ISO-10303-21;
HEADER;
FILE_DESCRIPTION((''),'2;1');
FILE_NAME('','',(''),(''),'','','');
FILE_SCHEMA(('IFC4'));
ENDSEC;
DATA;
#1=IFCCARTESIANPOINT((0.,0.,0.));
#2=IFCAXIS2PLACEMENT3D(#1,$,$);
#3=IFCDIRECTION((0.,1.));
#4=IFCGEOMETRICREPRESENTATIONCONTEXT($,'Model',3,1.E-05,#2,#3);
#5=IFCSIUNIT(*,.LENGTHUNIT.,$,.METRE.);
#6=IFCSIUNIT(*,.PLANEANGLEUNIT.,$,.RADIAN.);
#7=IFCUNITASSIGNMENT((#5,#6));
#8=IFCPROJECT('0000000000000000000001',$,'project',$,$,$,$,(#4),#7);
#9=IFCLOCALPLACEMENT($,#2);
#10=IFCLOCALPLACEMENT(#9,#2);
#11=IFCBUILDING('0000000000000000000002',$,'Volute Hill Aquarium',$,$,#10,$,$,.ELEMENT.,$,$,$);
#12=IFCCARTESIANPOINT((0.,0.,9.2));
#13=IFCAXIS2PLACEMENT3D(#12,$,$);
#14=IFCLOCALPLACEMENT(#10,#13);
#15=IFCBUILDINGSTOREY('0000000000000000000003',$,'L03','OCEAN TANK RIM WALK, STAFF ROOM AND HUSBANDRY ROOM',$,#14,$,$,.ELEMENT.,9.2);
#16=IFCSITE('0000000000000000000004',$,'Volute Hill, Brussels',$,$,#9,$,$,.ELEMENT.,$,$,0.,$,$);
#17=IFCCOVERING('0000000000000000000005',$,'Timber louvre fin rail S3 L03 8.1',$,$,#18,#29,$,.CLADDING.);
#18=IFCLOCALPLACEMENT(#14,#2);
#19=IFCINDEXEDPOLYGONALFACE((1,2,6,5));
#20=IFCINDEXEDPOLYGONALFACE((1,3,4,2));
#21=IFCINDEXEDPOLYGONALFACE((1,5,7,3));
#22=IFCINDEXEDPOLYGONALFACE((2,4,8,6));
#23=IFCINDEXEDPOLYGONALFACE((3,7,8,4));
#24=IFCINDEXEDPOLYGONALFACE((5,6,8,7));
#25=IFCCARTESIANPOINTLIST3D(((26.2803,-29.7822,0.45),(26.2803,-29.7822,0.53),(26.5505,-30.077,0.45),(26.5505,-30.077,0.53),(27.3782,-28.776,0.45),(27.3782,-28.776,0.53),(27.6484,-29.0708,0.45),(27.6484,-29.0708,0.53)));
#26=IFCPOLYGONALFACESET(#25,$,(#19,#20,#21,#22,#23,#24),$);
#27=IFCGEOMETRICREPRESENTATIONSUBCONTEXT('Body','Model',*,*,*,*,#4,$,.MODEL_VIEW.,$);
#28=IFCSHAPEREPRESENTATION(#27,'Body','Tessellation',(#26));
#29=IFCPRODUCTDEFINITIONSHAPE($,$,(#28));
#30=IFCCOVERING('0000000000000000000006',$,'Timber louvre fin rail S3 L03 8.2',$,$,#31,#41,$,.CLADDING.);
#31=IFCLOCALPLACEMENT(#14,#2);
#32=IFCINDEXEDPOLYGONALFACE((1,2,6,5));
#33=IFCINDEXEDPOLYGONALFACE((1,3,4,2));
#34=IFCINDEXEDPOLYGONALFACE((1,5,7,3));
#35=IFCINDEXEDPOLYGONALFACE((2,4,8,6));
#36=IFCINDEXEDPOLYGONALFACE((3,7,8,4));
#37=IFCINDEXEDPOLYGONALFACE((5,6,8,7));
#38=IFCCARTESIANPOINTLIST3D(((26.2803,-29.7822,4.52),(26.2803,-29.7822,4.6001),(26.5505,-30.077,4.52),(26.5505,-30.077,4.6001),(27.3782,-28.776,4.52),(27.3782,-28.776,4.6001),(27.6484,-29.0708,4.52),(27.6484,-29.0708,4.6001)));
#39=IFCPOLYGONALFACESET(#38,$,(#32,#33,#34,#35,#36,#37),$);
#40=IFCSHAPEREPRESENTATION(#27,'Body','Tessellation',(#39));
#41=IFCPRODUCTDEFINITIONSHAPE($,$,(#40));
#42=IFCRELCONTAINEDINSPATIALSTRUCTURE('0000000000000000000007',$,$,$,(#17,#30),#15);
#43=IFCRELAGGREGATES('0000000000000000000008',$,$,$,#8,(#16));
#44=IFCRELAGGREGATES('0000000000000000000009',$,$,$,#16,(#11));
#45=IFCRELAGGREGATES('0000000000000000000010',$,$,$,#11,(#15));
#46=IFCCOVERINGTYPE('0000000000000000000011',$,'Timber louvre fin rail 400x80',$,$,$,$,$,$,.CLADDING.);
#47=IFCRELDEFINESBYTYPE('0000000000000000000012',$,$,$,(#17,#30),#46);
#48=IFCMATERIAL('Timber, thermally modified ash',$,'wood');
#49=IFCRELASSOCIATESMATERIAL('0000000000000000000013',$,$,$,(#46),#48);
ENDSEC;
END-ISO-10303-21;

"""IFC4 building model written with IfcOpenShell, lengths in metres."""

from ifc_helpers import new_model, si_unit, direction, frame, origin, origin_2d, place, context, subcontext, project, spatial, rectangle, extrude, material, type_object, element, save


model = new_model("IFC4")

# Units and contexts
model_context = context("Model", 3, precision=1e-05, world=origin(), true_north=direction((0.0, 1.0)))
body_context = subcontext(model_context, "Body", "Model", "MODEL_VIEW")
ifc_project = project(units=[si_unit("LENGTHUNIT", "METRE"), si_unit("PLANEANGLEUNIT", "RADIAN")], contexts=[model_context])

# Site, building, storey
site_placement = place(None, origin())
site = spatial("IfcSite", under=ifc_project, at=site_placement, Name="Volute Hill, Brussels", CompositionType="ELEMENT", RefElevation=0.0)
building_placement = place(site_placement, origin())
building = spatial("IfcBuilding", under=site, at=building_placement, Name="Volute Hill Aquarium", CompositionType="ELEMENT")
storey_placement = place(building_placement, frame((0.0, 0.0, 9.2)))
storey = spatial("IfcBuildingStorey", under=building, at=storey_placement, Name="L03", Description="OCEAN TANK RIM WALK, STAFF ROOM AND HUSBANDRY ROOM", CompositionType="ELEMENT", Elevation=9.2)

# Coverings
ifc_material_1 = material(Name="Timber, thermally modified ash", Category="wood")
covering_type_1 = type_object("IfcCoveringType", Name="Timber louvre fin rail 400x80", PredefinedType="CLADDING", material=ifc_material_1)
for number, where, z_axis, x_axis, name in (
    (1, (26.9644, -29.4265, 0.45), (0.0, 0.0, 1.0), (0.737257, 0.675612, 0.0), "Timber louvre fin rail S3 L03 8.1"),
    (2, (26.9644, -29.4265, 4.52), (0.0, 0.0, 1.0), (0.737257, 0.675612, 0.0), "Timber louvre fin rail S3 L03 8.2"),
):
    element("IfcCovering", number, at=place(storey_placement, frame(where, z_axis=z_axis, x_axis=x_axis)), inside=storey, type_object=covering_type_1, Name=name, PredefinedType="CLADDING", context=body_context, shape_type="SweptSolid", body=[
        extrude(rectangle(XDim=1.4893, YDim=0.3999, at=origin_2d()), origin(), (0.0, 0.0, 1.0), 0.0801),
    ])

save(model, "model.ifc")
